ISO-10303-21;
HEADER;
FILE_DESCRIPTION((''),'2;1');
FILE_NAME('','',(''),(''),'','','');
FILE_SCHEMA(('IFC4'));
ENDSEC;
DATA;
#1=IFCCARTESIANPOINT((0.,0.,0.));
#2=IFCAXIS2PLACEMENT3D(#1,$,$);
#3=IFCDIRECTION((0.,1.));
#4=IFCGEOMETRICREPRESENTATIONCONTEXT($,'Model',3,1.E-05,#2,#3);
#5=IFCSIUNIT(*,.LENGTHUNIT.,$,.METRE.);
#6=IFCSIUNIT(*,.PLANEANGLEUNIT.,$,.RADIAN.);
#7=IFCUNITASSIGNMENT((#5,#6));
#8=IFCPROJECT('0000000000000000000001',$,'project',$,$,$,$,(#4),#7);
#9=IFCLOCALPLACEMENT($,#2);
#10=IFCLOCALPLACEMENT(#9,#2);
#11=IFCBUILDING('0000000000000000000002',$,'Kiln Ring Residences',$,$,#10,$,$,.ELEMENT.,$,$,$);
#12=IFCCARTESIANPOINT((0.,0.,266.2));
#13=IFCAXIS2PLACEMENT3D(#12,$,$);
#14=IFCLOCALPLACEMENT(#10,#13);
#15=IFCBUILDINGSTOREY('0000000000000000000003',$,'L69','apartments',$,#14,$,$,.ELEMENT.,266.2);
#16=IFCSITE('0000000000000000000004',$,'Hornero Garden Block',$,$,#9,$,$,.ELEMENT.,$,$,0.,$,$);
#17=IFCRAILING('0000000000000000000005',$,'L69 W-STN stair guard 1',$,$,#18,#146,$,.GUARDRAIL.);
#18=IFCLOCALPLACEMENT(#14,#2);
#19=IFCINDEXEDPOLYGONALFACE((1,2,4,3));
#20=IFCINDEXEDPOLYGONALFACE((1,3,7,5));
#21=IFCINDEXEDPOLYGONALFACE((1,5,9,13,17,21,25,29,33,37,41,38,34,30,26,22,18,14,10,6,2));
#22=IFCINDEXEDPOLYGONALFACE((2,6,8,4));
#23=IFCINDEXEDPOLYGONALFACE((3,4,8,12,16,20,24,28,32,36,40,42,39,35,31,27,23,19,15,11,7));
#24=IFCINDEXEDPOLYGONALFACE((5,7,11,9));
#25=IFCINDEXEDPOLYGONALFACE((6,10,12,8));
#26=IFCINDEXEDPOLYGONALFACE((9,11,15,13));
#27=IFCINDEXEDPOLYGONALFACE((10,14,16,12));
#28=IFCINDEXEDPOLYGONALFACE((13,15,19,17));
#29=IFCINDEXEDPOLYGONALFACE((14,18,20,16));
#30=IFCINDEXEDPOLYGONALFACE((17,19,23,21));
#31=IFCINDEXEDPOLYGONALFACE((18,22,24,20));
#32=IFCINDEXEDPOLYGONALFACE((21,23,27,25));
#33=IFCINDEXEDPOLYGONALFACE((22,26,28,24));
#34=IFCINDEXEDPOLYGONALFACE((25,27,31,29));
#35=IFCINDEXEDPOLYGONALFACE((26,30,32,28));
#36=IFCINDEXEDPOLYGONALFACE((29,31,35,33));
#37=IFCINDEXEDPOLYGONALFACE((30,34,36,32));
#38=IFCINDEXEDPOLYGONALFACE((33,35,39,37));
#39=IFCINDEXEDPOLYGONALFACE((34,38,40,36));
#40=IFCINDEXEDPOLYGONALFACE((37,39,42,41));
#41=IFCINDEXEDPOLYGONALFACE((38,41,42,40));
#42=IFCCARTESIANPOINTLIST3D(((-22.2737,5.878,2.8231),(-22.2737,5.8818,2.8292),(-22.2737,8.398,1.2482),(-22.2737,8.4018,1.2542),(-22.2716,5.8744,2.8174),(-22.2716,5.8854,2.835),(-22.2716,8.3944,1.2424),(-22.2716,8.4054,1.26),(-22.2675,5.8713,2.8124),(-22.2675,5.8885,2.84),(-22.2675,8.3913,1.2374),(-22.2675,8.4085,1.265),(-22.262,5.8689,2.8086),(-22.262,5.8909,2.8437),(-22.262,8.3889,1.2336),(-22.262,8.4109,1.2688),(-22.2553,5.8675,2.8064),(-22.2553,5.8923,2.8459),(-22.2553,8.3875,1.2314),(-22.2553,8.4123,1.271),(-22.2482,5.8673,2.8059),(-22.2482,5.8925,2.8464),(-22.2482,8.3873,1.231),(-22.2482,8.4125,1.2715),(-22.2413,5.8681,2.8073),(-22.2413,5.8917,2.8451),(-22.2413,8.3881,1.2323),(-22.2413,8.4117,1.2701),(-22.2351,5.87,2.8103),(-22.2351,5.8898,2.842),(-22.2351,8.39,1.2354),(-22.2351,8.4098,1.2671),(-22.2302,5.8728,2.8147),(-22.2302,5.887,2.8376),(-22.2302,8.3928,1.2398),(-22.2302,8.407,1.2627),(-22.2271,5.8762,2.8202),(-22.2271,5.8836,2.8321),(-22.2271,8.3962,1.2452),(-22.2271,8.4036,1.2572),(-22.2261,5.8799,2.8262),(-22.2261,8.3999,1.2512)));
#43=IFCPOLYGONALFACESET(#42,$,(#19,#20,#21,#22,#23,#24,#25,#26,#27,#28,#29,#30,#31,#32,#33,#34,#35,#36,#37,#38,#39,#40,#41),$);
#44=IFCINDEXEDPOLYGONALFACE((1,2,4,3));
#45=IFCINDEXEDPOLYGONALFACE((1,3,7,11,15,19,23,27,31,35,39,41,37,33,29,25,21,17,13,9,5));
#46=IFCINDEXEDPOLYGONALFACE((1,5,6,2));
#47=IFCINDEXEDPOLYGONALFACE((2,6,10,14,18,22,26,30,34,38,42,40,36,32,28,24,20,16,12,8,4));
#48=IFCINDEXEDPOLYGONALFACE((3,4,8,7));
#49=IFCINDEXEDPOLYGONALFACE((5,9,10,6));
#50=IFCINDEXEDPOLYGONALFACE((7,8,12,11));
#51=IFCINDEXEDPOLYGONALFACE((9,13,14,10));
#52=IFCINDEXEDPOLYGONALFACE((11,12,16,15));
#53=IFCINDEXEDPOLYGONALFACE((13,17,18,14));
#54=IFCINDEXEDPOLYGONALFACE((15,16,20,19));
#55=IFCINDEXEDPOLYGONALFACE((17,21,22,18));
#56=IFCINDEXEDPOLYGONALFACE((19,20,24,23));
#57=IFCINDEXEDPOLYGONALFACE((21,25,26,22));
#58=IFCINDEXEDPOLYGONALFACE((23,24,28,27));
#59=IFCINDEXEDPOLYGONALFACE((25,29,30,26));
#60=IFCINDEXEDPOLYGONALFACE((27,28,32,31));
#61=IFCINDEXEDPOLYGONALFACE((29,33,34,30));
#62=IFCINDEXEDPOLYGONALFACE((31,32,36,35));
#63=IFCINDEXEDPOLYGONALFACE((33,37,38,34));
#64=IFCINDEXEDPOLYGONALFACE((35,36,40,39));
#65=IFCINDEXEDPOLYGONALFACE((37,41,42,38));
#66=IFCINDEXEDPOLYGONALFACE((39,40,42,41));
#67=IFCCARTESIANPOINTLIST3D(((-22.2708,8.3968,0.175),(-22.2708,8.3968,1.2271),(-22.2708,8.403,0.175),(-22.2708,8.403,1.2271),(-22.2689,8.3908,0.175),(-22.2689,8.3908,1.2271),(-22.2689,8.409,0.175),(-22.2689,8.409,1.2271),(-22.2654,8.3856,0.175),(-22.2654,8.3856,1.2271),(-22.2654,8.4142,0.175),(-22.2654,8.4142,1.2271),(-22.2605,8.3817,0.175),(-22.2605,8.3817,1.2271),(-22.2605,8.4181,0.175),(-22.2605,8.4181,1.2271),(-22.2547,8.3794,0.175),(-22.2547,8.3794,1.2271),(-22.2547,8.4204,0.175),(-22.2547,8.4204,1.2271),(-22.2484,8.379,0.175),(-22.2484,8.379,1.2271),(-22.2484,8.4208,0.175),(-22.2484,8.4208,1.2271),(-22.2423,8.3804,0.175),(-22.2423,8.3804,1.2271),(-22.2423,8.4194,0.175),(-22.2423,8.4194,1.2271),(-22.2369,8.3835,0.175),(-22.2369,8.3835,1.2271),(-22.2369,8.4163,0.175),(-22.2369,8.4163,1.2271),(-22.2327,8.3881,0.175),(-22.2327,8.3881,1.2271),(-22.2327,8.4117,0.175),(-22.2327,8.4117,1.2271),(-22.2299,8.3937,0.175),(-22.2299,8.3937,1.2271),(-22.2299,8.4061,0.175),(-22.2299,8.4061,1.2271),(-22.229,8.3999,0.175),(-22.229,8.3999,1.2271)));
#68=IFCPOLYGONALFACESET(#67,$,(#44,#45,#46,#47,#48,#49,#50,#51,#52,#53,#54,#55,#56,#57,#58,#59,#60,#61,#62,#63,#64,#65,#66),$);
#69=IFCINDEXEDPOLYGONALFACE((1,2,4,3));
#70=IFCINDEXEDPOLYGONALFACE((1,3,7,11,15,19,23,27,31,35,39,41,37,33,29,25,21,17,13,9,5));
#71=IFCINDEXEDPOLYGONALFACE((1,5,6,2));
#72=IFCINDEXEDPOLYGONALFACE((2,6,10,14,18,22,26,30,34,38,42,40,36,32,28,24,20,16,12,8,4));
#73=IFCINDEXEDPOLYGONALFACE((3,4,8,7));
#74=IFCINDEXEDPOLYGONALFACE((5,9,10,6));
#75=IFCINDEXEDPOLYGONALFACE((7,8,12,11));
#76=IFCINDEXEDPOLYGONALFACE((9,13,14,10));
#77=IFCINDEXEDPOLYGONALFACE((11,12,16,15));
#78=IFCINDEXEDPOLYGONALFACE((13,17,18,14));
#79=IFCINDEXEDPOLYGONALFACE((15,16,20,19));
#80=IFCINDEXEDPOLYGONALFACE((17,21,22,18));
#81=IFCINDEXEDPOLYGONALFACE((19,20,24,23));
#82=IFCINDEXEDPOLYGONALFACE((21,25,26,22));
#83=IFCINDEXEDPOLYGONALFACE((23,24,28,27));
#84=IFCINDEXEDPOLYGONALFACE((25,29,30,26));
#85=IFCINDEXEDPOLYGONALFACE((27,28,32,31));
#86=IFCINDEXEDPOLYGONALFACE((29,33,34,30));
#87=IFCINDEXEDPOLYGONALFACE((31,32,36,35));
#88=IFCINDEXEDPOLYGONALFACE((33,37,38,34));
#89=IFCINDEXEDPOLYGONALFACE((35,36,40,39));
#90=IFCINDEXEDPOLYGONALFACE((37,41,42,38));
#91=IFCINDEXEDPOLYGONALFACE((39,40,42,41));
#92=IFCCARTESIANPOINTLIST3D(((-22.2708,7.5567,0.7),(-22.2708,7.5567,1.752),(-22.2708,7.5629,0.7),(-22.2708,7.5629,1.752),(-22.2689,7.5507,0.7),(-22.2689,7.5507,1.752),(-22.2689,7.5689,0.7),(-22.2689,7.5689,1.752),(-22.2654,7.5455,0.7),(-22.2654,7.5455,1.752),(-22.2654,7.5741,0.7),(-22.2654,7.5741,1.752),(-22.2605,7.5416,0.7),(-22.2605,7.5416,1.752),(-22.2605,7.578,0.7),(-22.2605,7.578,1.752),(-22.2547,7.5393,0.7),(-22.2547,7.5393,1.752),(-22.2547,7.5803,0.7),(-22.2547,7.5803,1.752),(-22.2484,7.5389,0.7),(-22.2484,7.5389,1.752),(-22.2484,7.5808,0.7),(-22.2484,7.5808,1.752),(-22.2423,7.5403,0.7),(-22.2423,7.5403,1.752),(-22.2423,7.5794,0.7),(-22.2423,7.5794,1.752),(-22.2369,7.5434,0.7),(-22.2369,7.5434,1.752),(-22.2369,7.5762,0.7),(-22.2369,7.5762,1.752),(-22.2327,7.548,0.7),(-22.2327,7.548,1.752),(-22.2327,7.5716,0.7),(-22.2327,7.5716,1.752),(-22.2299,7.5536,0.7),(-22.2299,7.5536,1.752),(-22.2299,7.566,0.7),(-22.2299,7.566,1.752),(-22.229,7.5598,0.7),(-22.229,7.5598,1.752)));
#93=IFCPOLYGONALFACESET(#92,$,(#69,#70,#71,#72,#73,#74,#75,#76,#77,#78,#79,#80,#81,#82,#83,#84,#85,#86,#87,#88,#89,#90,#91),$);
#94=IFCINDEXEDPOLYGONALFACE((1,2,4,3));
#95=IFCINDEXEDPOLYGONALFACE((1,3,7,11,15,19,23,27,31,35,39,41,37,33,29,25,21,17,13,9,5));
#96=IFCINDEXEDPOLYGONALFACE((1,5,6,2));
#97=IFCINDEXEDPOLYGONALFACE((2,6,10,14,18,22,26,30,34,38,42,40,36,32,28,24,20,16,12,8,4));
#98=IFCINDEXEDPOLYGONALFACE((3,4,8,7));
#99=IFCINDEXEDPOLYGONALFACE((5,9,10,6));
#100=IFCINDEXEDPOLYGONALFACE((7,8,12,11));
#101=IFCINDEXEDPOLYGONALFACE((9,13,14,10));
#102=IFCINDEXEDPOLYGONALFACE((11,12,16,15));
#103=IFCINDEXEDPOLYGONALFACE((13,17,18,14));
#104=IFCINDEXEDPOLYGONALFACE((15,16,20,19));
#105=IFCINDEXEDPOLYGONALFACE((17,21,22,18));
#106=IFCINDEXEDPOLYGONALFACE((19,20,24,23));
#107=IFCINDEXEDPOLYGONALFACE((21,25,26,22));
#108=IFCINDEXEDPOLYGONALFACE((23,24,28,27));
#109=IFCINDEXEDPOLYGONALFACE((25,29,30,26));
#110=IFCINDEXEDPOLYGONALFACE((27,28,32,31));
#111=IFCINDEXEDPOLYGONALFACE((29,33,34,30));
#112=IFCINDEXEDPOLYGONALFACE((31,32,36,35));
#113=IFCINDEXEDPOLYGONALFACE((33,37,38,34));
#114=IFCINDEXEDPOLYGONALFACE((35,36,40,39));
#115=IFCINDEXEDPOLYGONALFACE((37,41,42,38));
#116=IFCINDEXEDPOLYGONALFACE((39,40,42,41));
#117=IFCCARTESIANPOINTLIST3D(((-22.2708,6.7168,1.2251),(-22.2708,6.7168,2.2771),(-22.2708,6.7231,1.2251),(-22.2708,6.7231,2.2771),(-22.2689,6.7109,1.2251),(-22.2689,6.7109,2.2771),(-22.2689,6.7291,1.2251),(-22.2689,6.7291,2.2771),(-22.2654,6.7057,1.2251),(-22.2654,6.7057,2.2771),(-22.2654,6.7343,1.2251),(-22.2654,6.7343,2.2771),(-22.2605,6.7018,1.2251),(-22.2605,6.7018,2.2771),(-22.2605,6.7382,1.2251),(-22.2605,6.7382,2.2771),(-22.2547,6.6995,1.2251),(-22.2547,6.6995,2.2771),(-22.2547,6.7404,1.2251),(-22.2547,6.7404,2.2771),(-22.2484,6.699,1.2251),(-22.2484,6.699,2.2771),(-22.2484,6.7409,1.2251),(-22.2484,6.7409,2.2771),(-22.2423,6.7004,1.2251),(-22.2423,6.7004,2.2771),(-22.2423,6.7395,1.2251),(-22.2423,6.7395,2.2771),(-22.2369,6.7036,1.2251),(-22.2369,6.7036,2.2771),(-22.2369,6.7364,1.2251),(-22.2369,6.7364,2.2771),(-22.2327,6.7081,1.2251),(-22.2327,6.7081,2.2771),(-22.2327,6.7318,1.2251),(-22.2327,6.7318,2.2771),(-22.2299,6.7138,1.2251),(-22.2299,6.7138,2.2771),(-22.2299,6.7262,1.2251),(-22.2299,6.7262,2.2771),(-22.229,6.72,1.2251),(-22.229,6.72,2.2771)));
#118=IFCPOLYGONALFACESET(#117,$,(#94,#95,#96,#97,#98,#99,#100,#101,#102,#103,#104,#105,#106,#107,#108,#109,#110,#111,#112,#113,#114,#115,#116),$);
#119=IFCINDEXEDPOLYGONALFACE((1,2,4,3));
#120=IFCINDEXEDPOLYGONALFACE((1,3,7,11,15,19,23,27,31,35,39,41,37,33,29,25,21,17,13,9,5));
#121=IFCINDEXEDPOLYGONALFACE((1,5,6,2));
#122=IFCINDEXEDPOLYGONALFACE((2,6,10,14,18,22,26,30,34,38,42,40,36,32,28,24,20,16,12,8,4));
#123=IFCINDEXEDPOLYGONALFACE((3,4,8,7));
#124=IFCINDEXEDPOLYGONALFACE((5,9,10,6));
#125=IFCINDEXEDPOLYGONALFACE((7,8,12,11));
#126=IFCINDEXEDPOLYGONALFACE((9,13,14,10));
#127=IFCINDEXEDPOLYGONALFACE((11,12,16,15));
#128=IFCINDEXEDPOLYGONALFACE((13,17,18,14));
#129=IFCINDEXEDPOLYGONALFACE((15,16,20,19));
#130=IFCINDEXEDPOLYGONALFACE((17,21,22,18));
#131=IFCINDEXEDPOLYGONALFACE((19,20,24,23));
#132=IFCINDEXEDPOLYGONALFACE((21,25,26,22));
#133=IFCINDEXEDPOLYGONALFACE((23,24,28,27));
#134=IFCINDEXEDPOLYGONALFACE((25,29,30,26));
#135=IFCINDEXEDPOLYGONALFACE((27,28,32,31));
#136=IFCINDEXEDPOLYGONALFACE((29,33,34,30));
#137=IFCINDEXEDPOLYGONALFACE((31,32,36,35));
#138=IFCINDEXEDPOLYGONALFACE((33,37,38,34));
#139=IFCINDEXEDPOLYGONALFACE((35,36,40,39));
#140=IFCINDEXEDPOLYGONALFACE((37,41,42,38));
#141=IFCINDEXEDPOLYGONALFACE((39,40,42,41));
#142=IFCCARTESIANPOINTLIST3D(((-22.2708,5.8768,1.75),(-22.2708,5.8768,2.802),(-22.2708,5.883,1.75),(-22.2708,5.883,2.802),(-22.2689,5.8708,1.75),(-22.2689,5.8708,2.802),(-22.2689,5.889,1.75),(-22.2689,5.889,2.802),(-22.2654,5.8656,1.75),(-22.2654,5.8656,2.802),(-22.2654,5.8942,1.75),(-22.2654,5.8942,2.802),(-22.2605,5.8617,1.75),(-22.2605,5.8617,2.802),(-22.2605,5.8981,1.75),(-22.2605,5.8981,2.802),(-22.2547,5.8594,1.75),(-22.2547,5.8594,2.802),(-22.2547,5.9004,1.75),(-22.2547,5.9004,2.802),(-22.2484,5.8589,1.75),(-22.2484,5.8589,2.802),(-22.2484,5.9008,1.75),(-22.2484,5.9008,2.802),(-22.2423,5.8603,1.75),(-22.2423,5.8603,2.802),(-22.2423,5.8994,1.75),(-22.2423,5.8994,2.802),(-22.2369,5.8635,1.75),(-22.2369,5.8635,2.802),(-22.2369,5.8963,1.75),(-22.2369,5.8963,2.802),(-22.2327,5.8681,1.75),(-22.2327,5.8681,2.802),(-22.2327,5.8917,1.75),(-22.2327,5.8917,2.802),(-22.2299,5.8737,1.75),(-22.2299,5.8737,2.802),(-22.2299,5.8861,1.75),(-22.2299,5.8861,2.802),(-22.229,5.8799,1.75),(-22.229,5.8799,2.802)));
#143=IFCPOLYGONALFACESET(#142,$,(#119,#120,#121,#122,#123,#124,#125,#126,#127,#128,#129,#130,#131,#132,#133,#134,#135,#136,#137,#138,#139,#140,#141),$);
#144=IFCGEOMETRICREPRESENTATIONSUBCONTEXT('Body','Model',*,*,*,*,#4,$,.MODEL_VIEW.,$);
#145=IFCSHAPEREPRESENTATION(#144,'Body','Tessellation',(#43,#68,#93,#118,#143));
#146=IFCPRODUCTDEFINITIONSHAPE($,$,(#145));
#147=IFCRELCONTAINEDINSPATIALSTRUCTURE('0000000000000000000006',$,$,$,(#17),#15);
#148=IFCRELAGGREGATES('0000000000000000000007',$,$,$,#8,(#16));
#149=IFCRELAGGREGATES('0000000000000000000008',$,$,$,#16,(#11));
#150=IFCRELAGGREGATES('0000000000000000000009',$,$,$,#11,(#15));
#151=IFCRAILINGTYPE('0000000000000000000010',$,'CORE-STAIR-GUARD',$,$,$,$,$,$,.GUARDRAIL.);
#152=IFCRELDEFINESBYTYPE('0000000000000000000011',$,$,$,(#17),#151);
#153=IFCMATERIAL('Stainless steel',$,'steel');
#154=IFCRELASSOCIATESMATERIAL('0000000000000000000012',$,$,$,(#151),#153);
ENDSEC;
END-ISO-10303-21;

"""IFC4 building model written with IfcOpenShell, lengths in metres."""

from ifc_helpers import new_model, si_unit, direction, frame, origin, origin_2d, place, context, subcontext, project, spatial, circle, extrude, material, type_object, element, save


model = new_model("IFC4")

# Units and contexts
model_context = context("Model", 3, precision=1e-05, world=origin(), true_north=direction((0.0, 1.0)))
body_context = subcontext(model_context, "Body", "Model", "MODEL_VIEW")
ifc_project = project(units=[si_unit("LENGTHUNIT", "METRE"), si_unit("PLANEANGLEUNIT", "RADIAN")], contexts=[model_context])

# Site, building, storey
site_placement = place(None, origin())
site = spatial("IfcSite", under=ifc_project, at=site_placement, Name="Hornero Garden Block", CompositionType="ELEMENT", RefElevation=0.0)
building_placement = place(site_placement, origin())
building = spatial("IfcBuilding", under=site, at=building_placement, Name="Kiln Ring Residences", CompositionType="ELEMENT")
storey_placement = place(building_placement, frame((0.0, 0.0, 266.2)))
storey = spatial("IfcBuildingStorey", under=building, at=storey_placement, Name="L69", Description="apartments", CompositionType="ELEMENT", Elevation=266.2)

# Railing
ifc_material_1 = material(Name="Stainless steel", Category="steel")
railing_type = type_object("IfcRailingType", Name="CORE-STAIR-GUARD", PredefinedType="GUARDRAIL", material=ifc_material_1)
railing_1_placement = place(storey_placement, frame((-22.25, 8.3999, 0.175)))
element("IfcRailing", 1, at=railing_1_placement, inside=storey, type_object=railing_type, Name="L69 W-STN stair guard 1", PredefinedType="GUARDRAIL", context=body_context, shape_type="SweptSolid", body=[
    extrude(circle(Radius=0.0239, at=origin_2d()), frame((0.0, 0.0, 1.0762), z_axis=(0.0, -0.848008, 0.529984), x_axis=(1.0, 0.0, 0.0)), (0.0, 0.0, 1.0), 2.9717),
    extrude(circle(Radius=0.021, at=origin_2d()), origin(), (0.0, 0.0, 1.0), 1.052),
    extrude(circle(Radius=0.021, at=origin_2d()), frame((0.0, -0.8401, 0.5249)), (0.0, 0.0, 1.0), 1.052),
    extrude(circle(Radius=0.021, at=origin_2d()), frame((0.0, -1.6799, 1.05)), (0.0, 0.0, 1.0), 1.052),
    extrude(circle(Radius=0.021, at=origin_2d()), frame((0.0, -2.52, 1.575)), (0.0, 0.0, 1.0), 1.052),
])

save(model, "model.ifc")
